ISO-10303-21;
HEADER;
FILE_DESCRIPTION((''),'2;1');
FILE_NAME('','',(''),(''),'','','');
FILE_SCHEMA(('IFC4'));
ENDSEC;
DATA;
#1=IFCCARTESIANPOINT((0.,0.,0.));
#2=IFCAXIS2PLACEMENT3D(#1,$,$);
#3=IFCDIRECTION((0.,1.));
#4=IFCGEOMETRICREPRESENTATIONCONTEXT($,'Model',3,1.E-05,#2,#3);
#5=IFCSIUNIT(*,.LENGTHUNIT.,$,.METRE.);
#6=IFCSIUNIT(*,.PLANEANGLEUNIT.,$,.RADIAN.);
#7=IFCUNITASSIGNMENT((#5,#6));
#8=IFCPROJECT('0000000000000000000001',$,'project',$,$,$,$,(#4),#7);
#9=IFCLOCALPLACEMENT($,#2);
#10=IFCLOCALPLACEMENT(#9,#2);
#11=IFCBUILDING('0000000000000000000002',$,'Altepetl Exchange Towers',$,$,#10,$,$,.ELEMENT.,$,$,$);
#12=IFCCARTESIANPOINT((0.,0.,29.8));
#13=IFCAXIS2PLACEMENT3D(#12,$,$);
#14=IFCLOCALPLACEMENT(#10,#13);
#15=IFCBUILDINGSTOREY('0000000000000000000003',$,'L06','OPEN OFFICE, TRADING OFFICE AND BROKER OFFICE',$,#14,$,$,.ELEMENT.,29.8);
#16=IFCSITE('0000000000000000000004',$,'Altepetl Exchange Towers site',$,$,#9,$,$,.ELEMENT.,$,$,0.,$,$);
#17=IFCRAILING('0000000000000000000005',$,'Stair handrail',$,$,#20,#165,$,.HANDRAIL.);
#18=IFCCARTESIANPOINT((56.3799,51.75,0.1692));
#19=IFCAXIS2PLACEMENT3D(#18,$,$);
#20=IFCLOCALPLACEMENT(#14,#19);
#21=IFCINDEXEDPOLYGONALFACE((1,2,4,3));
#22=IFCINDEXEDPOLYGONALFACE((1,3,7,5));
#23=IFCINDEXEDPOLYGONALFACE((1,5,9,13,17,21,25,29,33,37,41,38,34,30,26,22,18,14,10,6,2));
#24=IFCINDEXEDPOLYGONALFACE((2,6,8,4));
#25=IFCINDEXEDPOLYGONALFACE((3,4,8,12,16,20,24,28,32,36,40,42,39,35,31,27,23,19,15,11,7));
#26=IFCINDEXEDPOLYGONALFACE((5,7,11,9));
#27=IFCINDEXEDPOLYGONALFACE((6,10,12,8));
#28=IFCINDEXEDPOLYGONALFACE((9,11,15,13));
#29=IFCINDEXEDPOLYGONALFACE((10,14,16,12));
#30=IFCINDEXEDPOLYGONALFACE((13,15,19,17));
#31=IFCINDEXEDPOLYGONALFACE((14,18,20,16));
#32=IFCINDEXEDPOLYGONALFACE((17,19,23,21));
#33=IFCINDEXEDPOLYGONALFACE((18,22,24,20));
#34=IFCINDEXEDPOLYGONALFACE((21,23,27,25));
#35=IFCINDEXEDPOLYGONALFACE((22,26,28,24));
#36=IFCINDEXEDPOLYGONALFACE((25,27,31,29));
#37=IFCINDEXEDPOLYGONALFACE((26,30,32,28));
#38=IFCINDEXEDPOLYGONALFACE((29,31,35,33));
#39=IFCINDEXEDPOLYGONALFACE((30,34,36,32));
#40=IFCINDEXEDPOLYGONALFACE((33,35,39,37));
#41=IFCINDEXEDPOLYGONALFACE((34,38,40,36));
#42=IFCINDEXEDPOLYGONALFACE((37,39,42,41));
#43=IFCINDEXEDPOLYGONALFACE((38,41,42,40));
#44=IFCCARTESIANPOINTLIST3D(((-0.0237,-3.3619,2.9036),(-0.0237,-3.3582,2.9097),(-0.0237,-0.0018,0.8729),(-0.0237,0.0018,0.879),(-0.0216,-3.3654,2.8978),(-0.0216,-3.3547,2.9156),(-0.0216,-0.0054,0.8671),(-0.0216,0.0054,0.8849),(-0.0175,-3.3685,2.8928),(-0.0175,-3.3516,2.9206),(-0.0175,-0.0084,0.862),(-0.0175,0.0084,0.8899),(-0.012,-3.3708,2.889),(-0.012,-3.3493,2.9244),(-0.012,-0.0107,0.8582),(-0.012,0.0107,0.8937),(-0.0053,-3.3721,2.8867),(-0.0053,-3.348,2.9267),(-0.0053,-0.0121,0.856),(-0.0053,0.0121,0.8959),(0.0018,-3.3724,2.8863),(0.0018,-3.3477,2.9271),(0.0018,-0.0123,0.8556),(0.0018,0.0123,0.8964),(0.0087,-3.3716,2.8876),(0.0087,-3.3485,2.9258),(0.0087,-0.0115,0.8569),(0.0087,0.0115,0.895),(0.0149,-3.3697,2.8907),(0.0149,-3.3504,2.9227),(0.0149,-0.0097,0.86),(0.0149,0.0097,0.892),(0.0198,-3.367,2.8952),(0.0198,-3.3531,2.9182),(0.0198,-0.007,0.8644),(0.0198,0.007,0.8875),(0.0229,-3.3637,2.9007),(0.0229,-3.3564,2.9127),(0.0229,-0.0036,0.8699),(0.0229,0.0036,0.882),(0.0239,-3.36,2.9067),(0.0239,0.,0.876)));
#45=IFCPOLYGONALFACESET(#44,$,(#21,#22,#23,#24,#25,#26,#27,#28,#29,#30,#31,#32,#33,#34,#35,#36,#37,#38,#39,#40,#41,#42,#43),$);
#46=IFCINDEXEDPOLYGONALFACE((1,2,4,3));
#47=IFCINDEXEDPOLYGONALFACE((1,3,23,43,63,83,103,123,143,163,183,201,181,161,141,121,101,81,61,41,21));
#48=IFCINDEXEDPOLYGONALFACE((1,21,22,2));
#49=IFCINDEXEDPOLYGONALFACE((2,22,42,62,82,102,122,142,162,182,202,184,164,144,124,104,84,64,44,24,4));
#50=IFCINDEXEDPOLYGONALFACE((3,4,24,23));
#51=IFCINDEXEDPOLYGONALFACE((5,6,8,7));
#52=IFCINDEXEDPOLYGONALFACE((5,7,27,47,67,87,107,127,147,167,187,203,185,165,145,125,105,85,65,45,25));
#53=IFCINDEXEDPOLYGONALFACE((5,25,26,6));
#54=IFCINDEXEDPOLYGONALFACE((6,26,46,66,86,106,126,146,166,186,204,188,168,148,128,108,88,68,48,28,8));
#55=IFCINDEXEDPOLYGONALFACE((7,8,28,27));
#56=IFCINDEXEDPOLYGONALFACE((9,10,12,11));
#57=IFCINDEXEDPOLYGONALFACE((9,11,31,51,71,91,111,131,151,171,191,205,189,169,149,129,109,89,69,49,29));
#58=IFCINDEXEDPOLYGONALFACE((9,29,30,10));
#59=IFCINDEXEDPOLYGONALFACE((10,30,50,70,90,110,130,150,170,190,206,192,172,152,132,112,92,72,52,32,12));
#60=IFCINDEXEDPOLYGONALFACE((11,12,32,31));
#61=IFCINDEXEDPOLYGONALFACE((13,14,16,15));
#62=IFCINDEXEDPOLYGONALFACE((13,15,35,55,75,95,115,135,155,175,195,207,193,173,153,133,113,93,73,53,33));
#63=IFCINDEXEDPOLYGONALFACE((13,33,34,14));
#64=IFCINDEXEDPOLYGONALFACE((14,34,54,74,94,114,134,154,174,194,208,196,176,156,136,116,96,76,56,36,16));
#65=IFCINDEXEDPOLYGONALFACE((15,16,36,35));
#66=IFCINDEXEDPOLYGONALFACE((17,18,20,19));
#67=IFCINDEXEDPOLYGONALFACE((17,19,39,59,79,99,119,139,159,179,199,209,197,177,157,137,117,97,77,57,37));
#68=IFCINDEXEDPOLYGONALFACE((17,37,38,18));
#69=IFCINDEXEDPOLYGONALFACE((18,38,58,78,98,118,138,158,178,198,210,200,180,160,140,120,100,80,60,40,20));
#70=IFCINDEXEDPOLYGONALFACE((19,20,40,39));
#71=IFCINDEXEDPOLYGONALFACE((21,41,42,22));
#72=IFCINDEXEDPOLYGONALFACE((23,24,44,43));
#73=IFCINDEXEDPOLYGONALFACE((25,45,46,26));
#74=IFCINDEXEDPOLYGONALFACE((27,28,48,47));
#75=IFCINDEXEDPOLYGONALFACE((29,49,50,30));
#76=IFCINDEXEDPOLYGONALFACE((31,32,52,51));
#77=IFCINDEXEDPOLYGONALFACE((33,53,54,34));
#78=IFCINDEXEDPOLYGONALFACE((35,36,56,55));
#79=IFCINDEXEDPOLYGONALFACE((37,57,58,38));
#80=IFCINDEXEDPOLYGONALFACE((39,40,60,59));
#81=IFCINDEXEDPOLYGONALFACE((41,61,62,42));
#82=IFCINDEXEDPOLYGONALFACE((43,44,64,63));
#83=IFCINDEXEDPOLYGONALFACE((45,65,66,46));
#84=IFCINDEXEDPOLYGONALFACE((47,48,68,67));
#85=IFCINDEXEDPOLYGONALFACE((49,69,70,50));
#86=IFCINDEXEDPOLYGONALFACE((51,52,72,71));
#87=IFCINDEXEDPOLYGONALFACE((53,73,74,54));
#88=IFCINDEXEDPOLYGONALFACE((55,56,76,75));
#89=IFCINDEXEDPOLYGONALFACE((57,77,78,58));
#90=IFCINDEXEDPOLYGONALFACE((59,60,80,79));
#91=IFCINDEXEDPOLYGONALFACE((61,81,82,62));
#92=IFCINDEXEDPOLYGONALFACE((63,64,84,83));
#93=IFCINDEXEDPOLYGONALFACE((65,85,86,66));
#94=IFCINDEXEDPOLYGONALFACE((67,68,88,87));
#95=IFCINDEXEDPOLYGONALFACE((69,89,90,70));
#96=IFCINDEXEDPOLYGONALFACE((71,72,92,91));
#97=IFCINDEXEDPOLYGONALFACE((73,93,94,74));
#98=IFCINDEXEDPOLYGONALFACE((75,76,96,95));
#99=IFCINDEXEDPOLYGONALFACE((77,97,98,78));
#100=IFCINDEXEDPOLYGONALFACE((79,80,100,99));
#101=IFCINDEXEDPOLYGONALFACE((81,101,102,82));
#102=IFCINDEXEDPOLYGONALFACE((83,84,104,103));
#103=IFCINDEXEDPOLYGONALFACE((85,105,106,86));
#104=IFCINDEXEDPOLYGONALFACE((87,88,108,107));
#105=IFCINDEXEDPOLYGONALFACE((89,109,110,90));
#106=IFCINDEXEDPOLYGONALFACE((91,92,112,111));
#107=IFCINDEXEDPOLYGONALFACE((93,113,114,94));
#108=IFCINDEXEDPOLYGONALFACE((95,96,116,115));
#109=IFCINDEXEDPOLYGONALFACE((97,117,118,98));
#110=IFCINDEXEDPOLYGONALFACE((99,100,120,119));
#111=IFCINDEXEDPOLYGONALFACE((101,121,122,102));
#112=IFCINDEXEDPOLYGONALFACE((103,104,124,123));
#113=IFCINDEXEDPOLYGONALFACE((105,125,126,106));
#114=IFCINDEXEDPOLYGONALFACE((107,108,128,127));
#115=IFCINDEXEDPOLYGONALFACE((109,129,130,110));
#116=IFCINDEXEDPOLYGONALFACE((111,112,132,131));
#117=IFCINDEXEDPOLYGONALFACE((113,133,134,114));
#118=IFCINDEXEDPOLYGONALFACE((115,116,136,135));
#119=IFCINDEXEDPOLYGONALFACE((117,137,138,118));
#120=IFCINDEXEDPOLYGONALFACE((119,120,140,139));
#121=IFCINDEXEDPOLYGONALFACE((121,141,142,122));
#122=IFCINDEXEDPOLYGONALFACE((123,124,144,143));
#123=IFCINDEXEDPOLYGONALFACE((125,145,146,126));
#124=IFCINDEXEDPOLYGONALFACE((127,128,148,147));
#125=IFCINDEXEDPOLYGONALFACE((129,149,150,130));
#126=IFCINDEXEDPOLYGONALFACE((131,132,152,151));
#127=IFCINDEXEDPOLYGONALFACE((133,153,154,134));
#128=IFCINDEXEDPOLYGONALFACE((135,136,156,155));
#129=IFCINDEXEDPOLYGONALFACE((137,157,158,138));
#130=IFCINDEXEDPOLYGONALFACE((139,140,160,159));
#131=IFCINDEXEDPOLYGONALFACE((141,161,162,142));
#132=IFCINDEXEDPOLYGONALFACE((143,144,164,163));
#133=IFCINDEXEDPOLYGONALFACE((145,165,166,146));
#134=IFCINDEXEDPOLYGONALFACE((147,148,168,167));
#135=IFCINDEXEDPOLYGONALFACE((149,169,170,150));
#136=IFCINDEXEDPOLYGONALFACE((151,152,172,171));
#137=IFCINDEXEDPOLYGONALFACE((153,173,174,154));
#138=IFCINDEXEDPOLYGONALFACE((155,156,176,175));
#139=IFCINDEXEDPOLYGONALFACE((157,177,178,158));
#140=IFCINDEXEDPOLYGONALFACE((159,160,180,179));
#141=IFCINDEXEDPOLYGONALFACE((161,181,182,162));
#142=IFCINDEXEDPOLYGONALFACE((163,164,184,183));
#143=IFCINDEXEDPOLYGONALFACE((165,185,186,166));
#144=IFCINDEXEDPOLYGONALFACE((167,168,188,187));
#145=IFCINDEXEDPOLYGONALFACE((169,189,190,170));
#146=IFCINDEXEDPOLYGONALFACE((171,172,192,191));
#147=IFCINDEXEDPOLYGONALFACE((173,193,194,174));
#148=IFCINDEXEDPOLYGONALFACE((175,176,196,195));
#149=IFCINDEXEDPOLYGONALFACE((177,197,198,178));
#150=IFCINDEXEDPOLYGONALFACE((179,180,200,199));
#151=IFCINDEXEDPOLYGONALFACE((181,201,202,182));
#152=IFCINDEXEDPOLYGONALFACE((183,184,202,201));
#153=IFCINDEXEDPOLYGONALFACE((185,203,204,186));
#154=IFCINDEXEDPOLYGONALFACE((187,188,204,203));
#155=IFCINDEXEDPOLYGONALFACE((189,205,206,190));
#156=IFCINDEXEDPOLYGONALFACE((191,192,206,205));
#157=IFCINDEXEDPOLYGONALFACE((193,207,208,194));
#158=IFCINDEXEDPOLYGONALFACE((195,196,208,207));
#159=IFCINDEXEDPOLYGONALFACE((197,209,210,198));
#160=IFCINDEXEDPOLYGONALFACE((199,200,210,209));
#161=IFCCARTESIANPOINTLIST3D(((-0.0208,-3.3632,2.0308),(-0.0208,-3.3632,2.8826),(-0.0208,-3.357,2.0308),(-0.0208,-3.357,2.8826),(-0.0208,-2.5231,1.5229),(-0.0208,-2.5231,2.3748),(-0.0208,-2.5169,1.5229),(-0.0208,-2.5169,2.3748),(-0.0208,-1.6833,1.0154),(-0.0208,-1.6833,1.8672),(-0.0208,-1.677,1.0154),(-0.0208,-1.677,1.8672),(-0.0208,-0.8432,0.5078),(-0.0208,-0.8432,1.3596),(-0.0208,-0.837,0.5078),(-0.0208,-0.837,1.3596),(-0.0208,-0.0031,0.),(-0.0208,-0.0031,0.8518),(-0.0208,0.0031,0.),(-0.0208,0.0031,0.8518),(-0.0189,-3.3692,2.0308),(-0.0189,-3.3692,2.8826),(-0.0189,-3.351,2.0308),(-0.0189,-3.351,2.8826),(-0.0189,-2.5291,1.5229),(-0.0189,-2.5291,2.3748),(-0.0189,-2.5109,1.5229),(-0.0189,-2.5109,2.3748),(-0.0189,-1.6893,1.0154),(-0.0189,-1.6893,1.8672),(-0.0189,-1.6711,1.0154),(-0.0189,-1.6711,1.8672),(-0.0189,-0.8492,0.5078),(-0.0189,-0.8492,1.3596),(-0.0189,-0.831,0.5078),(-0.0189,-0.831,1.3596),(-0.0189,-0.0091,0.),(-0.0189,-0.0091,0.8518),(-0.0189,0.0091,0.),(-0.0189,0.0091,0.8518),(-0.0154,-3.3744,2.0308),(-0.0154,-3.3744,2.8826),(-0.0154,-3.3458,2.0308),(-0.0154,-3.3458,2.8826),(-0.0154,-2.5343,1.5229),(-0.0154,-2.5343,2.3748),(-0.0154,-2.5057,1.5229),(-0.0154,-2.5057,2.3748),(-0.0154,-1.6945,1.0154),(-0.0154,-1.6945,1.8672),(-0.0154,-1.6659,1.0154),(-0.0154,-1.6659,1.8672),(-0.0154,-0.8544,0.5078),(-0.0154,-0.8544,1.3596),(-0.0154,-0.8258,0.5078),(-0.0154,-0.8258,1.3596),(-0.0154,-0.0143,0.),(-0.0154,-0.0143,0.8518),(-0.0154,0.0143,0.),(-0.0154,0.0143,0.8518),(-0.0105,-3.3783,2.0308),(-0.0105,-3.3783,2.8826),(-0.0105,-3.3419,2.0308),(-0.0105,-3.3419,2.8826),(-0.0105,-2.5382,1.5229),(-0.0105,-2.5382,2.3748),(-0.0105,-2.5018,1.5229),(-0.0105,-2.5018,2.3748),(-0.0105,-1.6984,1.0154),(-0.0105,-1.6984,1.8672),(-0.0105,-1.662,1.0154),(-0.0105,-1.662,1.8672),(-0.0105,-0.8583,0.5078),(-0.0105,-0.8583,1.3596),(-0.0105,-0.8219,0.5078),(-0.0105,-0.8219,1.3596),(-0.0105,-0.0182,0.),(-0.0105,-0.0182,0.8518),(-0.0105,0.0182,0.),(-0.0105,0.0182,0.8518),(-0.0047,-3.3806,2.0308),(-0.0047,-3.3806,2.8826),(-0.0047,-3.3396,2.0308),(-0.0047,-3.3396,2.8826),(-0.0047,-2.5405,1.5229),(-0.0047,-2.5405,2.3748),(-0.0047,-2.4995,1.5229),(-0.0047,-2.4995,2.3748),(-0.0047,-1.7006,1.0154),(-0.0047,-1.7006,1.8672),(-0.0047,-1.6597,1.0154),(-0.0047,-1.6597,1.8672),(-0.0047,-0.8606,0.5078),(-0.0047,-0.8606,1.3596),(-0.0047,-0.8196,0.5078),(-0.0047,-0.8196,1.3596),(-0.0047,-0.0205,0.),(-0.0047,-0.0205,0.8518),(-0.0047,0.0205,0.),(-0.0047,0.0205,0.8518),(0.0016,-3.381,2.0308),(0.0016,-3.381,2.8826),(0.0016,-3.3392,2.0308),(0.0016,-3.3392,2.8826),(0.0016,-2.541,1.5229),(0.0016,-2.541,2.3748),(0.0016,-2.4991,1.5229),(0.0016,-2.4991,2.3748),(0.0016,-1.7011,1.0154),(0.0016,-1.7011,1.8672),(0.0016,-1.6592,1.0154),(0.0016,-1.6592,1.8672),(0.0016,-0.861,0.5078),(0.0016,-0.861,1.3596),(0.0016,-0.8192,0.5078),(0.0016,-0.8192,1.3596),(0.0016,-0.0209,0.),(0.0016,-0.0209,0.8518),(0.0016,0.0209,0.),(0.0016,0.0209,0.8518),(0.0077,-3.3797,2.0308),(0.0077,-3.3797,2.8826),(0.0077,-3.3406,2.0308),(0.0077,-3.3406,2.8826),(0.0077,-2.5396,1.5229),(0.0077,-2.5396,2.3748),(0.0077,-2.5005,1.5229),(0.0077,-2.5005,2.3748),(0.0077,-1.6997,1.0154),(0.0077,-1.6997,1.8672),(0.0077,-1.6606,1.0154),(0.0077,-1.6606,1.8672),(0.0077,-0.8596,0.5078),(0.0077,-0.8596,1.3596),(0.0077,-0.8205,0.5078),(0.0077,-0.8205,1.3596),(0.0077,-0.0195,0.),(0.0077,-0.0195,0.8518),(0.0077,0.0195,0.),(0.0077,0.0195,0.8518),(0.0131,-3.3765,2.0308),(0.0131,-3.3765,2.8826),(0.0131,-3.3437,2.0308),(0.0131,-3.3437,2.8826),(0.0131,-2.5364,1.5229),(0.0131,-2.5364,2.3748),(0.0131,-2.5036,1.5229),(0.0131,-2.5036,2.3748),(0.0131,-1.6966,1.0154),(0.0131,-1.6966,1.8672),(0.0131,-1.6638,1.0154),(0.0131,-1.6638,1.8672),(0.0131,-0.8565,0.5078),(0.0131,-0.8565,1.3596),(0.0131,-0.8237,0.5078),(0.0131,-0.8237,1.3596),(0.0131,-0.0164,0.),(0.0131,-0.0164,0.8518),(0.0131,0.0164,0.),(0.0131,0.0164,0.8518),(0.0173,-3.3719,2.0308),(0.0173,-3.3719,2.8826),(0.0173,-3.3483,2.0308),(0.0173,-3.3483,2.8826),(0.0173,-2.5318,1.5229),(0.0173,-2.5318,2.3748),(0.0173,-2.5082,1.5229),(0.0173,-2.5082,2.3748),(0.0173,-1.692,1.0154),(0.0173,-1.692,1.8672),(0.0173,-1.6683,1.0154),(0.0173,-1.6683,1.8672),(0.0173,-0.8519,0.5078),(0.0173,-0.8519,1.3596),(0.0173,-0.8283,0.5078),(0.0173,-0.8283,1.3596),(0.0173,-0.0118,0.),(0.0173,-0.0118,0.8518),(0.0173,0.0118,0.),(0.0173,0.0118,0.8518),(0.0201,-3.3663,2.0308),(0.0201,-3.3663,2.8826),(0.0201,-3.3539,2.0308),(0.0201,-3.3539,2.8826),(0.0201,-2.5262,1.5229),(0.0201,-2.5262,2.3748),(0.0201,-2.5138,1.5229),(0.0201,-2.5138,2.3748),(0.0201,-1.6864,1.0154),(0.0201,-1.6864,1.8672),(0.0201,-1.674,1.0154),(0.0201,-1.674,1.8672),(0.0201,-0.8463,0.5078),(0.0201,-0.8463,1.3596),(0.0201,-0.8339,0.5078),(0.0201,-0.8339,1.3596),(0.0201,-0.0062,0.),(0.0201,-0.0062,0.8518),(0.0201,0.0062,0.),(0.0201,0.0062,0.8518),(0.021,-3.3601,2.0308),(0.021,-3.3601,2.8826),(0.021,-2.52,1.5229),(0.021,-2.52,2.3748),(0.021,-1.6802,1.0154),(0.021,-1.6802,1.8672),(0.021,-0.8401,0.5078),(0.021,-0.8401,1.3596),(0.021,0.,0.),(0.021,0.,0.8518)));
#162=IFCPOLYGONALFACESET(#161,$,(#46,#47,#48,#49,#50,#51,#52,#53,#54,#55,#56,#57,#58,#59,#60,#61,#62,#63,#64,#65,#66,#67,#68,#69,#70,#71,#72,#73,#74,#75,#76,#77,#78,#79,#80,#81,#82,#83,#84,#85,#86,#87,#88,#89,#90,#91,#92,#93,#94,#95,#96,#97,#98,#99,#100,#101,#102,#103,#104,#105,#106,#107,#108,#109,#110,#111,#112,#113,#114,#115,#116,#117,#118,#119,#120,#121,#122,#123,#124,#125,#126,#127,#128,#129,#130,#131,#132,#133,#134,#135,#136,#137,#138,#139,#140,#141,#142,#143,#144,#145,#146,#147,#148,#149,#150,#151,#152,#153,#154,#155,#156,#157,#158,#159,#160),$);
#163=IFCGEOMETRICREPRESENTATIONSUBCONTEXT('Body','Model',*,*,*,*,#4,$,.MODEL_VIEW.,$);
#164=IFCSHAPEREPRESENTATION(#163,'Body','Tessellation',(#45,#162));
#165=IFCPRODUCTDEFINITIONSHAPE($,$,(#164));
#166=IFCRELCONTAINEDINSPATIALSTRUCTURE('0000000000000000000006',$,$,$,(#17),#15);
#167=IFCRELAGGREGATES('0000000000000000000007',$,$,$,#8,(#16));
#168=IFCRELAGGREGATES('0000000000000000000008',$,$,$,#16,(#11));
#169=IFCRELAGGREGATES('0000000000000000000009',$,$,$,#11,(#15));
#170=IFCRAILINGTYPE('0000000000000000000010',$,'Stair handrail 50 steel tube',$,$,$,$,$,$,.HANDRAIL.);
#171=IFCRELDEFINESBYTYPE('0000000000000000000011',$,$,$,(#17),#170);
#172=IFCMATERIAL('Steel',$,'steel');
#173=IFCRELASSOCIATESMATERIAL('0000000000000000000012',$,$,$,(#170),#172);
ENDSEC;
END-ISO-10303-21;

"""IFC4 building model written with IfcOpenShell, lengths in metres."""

from ifc_helpers import new_model, si_unit, direction, frame, origin, origin_2d, place, context, subcontext, project, spatial, circle, extrude, source, transform, mapped, material, type_object, element, save


model = new_model("IFC4")

# Units and contexts
model_context = context("Model", 3, precision=1e-05, world=origin(), true_north=direction((0.0, 1.0)))
body_context = subcontext(model_context, "Body", "Model", "MODEL_VIEW")
ifc_project = project(units=[si_unit("LENGTHUNIT", "METRE"), si_unit("PLANEANGLEUNIT", "RADIAN")], contexts=[model_context])

# Site, building, storey
site_placement = place(None, origin())
site = spatial("IfcSite", under=ifc_project, at=site_placement, Name="Altepetl Exchange Towers site", CompositionType="ELEMENT", RefElevation=0.0)
building_placement = place(site_placement, origin())
building = spatial("IfcBuilding", under=site, at=building_placement, Name="Altepetl Exchange Towers", CompositionType="ELEMENT")
storey_placement = place(building_placement, frame((0.0, 0.0, 29.8)))
storey = spatial("IfcBuildingStorey", under=building, at=storey_placement, Name="L06", Description="OPEN OFFICE, TRADING OFFICE AND BROKER OFFICE", CompositionType="ELEMENT", Elevation=29.8)

# Railing
ifc_material_1 = material(Name="Steel", Category="steel")
railing_type = type_object("IfcRailingType", Name="Stair handrail 50 steel tube", PredefinedType="HANDRAIL", material=ifc_material_1)
shared_shape = source(origin(), body_context, "Body", "SweptSolid", [
    extrude(circle(Radius=0.021, at=origin_2d()), origin(), (0.0, 0.0, 1.0), 0.8518),
])
railing_1_placement = place(storey_placement, frame((56.3799, 51.75, 0.1692)))
element("IfcRailing", 1, at=railing_1_placement, inside=storey, type_object=railing_type, Name="Stair handrail", PredefinedType="HANDRAIL", context=body_context, shape_type="SweptSolid", body=[
    extrude(circle(Radius=0.0239, at=origin_2d()), frame((0.0, 0.0, 0.876), z_axis=(0.0, -0.855837, 0.517246), x_axis=(1.0, 0.0, 0.0)), (0.0, 0.0, 1.0), 3.926),
    mapped(shared_shape, transform((0.0, 0.0, 0.0))),
    mapped(shared_shape, transform((0.0, -0.8401, 0.5078))),
    mapped(shared_shape, transform((0.0, -1.6802, 1.0154))),
    mapped(shared_shape, transform((0.0, -2.52, 1.5229))),
    mapped(shared_shape, transform((0.0, -3.3601, 2.0308))),
])

save(model, "model.ifc")
